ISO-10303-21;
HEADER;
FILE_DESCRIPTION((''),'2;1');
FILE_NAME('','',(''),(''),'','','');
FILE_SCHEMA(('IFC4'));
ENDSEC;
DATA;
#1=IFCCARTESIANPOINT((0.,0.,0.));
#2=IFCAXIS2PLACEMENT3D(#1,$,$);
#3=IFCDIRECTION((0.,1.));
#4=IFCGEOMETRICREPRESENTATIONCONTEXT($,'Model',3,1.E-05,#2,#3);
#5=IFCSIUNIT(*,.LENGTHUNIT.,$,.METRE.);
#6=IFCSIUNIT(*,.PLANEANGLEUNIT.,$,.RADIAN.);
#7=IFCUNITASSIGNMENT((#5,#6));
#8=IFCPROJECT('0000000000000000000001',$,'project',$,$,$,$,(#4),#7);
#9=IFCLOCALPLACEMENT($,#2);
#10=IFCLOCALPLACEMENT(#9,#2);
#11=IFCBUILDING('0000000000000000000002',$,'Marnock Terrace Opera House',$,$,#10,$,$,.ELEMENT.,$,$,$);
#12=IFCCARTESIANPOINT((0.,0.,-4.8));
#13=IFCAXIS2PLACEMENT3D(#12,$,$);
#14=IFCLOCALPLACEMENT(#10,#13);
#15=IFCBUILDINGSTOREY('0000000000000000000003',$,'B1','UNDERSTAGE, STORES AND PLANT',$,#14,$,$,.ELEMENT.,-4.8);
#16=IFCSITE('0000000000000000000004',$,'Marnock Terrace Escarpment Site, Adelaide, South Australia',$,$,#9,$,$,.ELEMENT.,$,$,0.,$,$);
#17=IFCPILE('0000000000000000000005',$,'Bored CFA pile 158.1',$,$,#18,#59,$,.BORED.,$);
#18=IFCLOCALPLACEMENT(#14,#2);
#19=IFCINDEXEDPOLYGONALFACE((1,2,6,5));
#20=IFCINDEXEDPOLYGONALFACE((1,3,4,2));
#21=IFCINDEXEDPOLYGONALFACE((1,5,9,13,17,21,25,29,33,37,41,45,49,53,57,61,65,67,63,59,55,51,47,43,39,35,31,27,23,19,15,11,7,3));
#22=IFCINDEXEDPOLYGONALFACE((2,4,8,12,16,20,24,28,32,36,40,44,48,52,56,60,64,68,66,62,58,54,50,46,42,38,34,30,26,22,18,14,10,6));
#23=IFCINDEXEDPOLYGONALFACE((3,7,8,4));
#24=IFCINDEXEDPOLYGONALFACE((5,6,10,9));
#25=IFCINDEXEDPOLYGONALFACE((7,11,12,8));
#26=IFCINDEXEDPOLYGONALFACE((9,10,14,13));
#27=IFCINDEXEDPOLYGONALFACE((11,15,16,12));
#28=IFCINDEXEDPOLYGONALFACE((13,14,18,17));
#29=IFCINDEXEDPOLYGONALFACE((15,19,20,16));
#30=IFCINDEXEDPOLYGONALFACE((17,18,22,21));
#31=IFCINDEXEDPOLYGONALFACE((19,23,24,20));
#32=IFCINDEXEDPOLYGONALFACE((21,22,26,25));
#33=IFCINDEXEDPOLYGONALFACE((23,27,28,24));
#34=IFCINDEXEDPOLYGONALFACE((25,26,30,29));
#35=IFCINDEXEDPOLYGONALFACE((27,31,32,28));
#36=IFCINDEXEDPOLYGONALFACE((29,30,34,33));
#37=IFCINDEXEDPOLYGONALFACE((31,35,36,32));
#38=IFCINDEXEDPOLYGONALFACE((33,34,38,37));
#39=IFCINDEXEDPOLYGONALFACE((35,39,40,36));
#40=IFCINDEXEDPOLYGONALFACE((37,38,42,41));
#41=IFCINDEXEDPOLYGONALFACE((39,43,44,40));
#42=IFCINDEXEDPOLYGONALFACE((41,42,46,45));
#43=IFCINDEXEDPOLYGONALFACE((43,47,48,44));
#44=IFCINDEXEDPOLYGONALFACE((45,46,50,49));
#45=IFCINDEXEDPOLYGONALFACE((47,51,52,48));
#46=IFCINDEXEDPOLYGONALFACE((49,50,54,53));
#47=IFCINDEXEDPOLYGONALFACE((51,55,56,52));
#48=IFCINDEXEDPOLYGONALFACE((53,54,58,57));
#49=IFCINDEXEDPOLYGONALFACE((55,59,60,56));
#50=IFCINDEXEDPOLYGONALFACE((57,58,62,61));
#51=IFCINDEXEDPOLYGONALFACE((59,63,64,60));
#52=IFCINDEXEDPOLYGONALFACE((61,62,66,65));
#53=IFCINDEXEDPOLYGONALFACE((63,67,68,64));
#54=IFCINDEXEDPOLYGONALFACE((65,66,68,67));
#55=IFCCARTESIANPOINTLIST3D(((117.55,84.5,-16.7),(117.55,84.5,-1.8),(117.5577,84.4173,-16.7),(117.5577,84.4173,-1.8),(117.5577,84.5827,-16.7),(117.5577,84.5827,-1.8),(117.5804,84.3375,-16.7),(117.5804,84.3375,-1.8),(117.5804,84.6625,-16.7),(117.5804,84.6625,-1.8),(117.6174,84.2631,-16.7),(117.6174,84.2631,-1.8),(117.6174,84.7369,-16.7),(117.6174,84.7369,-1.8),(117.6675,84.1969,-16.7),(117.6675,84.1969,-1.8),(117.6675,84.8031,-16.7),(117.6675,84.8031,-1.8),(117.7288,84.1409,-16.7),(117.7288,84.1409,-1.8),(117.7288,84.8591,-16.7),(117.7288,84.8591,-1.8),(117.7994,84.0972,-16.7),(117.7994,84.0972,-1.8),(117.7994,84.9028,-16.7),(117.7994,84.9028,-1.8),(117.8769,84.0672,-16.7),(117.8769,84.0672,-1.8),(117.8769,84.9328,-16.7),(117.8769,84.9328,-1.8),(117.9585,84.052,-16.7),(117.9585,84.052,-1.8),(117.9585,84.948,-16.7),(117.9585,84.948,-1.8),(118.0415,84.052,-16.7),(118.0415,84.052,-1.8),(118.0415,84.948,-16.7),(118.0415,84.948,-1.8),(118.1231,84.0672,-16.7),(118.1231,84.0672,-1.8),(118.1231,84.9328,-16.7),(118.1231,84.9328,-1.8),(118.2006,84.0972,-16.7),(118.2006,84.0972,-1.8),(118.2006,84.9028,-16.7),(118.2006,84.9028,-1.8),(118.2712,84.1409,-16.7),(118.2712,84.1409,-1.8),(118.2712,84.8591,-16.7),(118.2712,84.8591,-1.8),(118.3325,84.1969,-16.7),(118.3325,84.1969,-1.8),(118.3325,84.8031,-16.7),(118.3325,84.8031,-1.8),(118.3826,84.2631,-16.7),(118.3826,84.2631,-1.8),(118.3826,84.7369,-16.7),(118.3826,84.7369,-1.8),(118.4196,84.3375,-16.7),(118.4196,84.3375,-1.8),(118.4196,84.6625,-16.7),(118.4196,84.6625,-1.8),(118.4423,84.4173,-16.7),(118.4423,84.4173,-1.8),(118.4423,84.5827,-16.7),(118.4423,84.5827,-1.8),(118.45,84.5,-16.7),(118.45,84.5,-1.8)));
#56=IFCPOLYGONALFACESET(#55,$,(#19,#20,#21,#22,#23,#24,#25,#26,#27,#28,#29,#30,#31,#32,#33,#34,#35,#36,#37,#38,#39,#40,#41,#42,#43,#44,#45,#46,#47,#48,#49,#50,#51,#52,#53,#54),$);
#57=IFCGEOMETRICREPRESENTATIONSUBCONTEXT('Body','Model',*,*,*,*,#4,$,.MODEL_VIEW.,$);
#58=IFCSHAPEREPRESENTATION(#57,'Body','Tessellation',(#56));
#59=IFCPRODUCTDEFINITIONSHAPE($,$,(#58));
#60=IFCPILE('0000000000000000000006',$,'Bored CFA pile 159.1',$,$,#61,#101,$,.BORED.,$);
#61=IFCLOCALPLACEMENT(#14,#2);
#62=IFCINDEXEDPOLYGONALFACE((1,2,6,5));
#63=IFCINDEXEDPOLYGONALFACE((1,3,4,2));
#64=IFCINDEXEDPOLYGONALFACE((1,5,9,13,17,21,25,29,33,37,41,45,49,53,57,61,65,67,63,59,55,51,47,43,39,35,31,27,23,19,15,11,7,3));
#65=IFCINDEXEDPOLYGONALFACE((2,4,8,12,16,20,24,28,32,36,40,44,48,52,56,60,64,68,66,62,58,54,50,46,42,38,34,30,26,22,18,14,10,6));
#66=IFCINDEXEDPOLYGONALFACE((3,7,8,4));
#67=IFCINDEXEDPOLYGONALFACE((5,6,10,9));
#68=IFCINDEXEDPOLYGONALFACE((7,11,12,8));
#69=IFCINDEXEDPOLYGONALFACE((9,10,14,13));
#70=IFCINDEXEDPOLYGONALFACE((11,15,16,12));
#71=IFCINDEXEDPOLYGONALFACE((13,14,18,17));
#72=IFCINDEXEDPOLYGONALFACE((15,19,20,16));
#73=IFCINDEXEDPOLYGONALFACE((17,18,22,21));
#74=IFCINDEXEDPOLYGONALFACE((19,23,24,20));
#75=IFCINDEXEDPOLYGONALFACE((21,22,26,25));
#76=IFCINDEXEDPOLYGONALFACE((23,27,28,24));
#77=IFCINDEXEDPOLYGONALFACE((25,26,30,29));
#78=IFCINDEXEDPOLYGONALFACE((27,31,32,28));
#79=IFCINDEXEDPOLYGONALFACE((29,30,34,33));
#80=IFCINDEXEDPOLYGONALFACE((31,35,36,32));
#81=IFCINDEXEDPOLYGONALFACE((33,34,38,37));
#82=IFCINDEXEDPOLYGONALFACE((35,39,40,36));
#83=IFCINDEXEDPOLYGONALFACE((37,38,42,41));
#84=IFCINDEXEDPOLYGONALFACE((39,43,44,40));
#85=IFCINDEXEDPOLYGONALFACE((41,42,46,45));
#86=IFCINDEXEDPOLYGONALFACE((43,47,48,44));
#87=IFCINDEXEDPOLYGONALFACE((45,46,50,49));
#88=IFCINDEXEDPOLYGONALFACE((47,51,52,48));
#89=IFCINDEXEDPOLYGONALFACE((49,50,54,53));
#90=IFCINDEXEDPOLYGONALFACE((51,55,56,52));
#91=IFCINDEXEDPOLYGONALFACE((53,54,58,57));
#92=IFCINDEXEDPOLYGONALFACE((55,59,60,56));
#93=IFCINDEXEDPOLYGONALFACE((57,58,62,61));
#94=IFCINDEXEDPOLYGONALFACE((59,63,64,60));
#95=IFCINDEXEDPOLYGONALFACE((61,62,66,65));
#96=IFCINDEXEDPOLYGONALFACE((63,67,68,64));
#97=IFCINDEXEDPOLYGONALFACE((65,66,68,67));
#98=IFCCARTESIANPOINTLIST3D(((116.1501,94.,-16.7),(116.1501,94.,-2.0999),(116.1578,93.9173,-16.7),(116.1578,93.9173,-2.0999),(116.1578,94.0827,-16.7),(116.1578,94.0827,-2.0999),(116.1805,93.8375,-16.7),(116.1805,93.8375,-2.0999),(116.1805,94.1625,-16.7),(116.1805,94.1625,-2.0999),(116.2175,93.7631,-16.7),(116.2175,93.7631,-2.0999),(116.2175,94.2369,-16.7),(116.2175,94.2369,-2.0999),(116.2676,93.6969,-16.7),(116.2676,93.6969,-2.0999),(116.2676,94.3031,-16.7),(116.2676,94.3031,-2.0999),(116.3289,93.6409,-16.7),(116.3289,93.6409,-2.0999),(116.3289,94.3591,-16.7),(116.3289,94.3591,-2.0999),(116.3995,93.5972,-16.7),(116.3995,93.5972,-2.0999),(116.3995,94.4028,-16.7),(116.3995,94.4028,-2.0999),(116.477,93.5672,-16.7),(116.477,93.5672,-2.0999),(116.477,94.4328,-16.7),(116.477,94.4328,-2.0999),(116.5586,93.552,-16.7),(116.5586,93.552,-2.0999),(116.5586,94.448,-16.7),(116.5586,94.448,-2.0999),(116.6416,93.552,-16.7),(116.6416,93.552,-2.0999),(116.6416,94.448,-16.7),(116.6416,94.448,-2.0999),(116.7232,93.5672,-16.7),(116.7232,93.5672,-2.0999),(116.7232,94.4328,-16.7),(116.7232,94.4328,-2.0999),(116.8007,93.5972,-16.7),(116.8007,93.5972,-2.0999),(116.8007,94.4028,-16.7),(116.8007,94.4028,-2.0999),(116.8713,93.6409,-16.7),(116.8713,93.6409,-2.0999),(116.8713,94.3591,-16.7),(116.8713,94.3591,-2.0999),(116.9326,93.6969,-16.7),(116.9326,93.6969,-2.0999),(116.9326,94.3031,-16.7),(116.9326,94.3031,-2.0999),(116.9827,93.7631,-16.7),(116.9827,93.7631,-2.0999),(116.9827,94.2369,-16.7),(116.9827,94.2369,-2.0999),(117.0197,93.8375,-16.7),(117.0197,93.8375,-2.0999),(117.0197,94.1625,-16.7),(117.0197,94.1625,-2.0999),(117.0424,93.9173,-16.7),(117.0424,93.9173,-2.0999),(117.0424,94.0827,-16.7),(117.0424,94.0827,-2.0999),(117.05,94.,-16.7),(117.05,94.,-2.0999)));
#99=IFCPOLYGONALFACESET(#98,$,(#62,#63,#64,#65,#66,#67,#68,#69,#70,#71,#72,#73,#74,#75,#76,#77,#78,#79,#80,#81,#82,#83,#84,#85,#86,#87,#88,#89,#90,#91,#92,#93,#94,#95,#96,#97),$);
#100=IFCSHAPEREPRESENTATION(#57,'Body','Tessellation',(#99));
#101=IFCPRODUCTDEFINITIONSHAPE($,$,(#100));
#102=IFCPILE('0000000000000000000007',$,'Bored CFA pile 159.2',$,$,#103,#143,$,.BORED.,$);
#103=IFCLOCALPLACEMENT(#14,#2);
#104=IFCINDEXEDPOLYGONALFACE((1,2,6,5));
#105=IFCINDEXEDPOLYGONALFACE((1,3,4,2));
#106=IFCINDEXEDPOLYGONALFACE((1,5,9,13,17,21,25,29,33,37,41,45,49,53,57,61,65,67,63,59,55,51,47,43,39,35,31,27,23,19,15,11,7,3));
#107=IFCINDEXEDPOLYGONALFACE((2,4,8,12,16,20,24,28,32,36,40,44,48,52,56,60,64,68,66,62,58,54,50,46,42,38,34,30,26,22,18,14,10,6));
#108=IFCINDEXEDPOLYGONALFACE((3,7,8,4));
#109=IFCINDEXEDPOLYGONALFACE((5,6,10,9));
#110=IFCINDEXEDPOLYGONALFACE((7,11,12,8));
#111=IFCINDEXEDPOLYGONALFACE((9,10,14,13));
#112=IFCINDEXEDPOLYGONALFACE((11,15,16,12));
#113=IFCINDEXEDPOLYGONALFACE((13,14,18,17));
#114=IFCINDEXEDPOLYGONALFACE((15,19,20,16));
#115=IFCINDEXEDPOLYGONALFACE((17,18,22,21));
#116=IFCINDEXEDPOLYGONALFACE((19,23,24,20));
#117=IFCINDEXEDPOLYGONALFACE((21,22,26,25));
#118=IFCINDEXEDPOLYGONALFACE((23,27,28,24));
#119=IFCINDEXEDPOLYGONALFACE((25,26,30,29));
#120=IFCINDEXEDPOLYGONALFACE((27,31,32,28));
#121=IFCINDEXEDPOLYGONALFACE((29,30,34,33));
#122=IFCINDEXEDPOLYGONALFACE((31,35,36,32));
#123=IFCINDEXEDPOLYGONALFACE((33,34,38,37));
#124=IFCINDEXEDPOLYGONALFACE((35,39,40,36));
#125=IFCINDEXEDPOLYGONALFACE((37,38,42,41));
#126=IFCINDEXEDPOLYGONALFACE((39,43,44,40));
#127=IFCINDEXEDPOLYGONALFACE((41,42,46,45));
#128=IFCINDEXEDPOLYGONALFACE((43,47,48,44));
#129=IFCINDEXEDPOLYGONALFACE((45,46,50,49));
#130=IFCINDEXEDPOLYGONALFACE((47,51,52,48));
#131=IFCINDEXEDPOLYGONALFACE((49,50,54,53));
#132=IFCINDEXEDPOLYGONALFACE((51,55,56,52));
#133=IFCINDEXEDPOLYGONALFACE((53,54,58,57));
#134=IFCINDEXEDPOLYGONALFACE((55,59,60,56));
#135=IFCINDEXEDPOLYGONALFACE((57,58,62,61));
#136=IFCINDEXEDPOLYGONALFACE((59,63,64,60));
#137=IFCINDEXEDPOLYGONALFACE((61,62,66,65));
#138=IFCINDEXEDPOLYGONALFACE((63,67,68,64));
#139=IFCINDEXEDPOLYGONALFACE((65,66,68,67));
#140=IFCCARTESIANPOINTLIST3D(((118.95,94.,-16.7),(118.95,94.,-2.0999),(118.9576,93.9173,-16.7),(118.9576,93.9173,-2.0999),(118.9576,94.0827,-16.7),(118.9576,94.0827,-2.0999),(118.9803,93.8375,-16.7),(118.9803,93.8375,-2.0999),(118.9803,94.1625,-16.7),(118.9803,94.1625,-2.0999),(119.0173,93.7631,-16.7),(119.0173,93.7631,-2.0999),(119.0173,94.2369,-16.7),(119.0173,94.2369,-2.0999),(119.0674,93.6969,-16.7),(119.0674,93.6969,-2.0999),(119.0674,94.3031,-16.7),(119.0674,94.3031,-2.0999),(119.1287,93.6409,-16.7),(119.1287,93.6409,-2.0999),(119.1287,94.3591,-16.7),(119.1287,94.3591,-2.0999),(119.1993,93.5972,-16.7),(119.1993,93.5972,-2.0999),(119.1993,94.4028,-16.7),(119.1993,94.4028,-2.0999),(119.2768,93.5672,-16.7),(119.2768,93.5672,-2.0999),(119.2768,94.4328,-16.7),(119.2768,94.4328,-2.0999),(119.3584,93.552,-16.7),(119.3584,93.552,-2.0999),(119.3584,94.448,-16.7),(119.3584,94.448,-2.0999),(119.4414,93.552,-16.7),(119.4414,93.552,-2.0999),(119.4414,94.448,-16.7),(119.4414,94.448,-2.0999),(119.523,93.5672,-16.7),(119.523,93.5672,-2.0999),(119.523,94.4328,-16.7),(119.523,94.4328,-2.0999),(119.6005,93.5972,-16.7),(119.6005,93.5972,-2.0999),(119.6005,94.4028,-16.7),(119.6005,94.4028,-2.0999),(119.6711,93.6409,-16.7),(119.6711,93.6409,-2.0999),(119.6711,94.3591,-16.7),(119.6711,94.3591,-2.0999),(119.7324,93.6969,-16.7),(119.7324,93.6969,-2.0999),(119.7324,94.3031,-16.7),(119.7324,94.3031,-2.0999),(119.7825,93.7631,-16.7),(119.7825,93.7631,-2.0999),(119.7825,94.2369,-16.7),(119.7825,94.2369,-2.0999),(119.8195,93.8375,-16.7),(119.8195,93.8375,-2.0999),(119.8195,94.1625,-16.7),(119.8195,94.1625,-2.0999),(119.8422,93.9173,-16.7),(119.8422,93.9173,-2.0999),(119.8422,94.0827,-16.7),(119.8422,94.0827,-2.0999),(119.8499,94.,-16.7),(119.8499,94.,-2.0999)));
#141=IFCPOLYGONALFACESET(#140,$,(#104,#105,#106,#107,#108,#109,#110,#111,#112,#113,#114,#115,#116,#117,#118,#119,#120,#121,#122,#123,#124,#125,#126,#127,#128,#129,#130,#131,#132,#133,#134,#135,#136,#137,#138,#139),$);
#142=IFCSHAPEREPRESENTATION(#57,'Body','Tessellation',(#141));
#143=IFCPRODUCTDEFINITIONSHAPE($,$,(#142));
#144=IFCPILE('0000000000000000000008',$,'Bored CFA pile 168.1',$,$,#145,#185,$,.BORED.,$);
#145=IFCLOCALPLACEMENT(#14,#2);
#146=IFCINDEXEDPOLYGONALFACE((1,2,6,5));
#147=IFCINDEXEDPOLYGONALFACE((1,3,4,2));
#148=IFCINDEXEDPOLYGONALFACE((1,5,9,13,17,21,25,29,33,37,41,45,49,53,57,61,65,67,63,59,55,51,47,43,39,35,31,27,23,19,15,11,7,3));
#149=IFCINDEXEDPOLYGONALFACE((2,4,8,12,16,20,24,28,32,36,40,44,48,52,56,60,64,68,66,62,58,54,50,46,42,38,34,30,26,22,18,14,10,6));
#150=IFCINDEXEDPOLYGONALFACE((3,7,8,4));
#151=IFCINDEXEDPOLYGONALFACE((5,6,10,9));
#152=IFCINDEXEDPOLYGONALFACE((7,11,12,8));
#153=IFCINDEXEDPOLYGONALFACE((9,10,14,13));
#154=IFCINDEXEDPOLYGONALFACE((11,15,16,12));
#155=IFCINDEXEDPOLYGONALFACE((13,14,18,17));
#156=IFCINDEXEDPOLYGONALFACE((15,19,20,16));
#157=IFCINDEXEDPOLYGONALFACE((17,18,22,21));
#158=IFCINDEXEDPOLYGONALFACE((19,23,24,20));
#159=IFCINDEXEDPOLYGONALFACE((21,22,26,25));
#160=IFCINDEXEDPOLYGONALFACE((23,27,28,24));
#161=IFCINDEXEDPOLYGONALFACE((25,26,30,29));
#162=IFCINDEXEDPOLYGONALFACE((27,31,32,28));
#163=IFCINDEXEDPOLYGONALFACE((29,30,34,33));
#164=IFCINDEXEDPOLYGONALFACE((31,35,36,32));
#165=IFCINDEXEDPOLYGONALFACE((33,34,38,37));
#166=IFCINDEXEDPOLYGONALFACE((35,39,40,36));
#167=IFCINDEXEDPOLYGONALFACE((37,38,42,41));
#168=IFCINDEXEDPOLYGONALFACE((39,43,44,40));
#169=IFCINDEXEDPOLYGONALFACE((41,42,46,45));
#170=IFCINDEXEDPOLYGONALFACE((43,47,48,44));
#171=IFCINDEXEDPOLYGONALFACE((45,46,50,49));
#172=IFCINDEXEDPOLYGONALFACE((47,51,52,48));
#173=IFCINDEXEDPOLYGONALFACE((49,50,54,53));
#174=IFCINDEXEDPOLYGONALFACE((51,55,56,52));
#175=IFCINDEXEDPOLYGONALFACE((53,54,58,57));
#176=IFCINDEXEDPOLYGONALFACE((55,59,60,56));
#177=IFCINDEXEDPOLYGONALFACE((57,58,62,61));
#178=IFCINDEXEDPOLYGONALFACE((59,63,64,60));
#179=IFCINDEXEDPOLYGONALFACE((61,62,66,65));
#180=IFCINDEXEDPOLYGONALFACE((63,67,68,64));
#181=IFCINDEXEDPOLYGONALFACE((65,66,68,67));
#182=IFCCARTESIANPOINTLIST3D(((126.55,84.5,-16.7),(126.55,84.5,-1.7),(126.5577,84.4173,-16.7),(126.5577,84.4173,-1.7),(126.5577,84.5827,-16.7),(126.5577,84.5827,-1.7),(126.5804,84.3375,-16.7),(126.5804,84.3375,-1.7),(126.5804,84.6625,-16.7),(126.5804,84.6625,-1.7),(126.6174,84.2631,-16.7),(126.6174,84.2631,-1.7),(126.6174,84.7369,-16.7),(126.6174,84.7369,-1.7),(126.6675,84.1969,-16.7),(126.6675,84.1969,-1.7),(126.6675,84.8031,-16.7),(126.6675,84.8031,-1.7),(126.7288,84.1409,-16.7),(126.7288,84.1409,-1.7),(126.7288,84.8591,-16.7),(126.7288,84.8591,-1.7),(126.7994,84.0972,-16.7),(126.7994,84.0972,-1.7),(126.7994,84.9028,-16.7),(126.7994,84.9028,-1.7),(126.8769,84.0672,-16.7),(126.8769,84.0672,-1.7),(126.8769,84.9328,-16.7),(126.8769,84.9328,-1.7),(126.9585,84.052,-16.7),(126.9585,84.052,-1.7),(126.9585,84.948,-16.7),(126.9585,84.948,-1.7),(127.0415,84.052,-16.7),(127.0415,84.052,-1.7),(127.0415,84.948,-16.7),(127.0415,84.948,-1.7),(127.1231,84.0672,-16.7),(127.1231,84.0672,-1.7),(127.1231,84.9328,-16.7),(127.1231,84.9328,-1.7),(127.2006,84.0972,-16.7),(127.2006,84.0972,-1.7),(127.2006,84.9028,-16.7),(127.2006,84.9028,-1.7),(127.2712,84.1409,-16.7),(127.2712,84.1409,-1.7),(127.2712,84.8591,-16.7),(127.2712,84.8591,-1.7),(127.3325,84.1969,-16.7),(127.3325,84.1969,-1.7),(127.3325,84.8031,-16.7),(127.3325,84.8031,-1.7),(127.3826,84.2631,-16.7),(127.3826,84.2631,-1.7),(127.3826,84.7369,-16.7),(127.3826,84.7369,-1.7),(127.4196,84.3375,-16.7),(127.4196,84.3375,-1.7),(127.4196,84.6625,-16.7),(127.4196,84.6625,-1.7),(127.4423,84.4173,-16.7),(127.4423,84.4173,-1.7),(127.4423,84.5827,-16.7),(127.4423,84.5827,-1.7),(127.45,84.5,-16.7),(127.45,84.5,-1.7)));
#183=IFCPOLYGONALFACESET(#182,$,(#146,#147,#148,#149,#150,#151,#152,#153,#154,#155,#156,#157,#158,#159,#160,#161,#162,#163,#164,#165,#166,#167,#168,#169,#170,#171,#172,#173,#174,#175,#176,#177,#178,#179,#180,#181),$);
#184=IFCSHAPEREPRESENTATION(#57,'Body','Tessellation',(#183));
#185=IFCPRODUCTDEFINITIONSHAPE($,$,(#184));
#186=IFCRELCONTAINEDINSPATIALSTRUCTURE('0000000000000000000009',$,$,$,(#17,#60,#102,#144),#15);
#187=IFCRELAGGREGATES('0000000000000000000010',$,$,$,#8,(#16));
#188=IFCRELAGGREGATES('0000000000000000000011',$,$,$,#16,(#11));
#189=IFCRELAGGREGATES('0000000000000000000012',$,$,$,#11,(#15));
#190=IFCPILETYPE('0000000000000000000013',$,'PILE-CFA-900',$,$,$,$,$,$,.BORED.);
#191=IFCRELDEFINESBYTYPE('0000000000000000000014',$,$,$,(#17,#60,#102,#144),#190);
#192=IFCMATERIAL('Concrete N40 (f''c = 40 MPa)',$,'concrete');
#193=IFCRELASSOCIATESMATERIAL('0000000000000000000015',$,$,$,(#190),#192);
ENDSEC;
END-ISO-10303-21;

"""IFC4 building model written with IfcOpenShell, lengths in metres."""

from ifc_helpers import new_model, si_unit, direction, frame, origin, origin_2d, place, context, subcontext, project, spatial, circle, extrude, material, material_profile, profile_set, type_object, element, save


model = new_model("IFC4")

# Units and contexts
model_context = context("Model", 3, precision=1e-05, world=origin(), true_north=direction((0.0, 1.0)))
body_context = subcontext(model_context, "Body", "Model", "MODEL_VIEW")
ifc_project = project(units=[si_unit("LENGTHUNIT", "METRE"), si_unit("PLANEANGLEUNIT", "RADIAN")], contexts=[model_context])

# Site, building, storey
site_placement = place(None, origin())
site = spatial("IfcSite", under=ifc_project, at=site_placement, Name="Marnock Terrace Escarpment Site, Adelaide, South Australia", CompositionType="ELEMENT", RefElevation=0.0)
building_placement = place(site_placement, origin())
building = spatial("IfcBuilding", under=site, at=building_placement, Name="Marnock Terrace Opera House", CompositionType="ELEMENT")
storey_placement = place(building_placement, frame((0.0, 0.0, -4.8)))
storey = spatial("IfcBuildingStorey", under=building, at=storey_placement, Name="B1", Description="UNDERSTAGE, STORES AND PLANT", CompositionType="ELEMENT", Elevation=-4.8)

# Shared definitions
ifc_material_1 = material(Name="Concrete N40 (f'c = 40 MPa)", Category="concrete")

# Piles
ifc_material_profile_1 = material_profile(ifc_material_1, circle(Radius=0.45, at=origin_2d()))
ifc_profile_set_1 = profile_set([ifc_material_profile_1], Name="Concrete N40 (f'c = 40 MPa)")
pile_type = type_object("IfcPileType", Name="PILE-CFA-900", PredefinedType="BORED", material=ifc_profile_set_1)
pile_1_placement = place(storey_placement, frame((118.0, 84.5, -1.8), z_axis=(0.0, 0.0, -1.0), x_axis=(1.0, 0.0, 0.0)))
element("IfcPile", 1, at=pile_1_placement, inside=storey, type_object=pile_type, Name="Bored CFA pile 158.1", PredefinedType="BORED", context=body_context, shape_type="SweptSolid", body=[
    extrude(circle(Radius=0.45, at=origin_2d()), origin(), (0.0, 0.0, 1.0), 14.8999),
])
for number, where, z_axis, x_axis, name in (
    (2, (116.6001, 94.0, -2.0999), (0.0, 0.0, -1.0), (1.0, 0.0, 0.0), "Bored CFA pile 159.1"),
    (3, (119.3999, 94.0, -2.0999), (0.0, 0.0, -1.0), (1.0, 0.0, 0.0), "Bored CFA pile 159.2"),
):
    element("IfcPile", number, at=place(storey_placement, frame(where, z_axis=z_axis, x_axis=x_axis)), inside=storey, type_object=pile_type, Name=name, PredefinedType="BORED", context=body_context, shape_type="SweptSolid", body=[
        extrude(circle(Radius=0.45, at=origin_2d()), origin(), (0.0, 0.0, 1.0), 14.6001),
    ])
pile_2_placement = place(storey_placement, frame((127.0, 84.5, -1.7), z_axis=(0.0, 0.0, -1.0), x_axis=(1.0, 0.0, 0.0)))
element("IfcPile", 4, at=pile_2_placement, inside=storey, type_object=pile_type, Name="Bored CFA pile 168.1", PredefinedType="BORED", context=body_context, shape_type="SweptSolid", body=[
    extrude(circle(Radius=0.45, at=origin_2d()), origin(), (0.0, 0.0, 1.0), 15.0),
])

save(model, "model.ifc")
